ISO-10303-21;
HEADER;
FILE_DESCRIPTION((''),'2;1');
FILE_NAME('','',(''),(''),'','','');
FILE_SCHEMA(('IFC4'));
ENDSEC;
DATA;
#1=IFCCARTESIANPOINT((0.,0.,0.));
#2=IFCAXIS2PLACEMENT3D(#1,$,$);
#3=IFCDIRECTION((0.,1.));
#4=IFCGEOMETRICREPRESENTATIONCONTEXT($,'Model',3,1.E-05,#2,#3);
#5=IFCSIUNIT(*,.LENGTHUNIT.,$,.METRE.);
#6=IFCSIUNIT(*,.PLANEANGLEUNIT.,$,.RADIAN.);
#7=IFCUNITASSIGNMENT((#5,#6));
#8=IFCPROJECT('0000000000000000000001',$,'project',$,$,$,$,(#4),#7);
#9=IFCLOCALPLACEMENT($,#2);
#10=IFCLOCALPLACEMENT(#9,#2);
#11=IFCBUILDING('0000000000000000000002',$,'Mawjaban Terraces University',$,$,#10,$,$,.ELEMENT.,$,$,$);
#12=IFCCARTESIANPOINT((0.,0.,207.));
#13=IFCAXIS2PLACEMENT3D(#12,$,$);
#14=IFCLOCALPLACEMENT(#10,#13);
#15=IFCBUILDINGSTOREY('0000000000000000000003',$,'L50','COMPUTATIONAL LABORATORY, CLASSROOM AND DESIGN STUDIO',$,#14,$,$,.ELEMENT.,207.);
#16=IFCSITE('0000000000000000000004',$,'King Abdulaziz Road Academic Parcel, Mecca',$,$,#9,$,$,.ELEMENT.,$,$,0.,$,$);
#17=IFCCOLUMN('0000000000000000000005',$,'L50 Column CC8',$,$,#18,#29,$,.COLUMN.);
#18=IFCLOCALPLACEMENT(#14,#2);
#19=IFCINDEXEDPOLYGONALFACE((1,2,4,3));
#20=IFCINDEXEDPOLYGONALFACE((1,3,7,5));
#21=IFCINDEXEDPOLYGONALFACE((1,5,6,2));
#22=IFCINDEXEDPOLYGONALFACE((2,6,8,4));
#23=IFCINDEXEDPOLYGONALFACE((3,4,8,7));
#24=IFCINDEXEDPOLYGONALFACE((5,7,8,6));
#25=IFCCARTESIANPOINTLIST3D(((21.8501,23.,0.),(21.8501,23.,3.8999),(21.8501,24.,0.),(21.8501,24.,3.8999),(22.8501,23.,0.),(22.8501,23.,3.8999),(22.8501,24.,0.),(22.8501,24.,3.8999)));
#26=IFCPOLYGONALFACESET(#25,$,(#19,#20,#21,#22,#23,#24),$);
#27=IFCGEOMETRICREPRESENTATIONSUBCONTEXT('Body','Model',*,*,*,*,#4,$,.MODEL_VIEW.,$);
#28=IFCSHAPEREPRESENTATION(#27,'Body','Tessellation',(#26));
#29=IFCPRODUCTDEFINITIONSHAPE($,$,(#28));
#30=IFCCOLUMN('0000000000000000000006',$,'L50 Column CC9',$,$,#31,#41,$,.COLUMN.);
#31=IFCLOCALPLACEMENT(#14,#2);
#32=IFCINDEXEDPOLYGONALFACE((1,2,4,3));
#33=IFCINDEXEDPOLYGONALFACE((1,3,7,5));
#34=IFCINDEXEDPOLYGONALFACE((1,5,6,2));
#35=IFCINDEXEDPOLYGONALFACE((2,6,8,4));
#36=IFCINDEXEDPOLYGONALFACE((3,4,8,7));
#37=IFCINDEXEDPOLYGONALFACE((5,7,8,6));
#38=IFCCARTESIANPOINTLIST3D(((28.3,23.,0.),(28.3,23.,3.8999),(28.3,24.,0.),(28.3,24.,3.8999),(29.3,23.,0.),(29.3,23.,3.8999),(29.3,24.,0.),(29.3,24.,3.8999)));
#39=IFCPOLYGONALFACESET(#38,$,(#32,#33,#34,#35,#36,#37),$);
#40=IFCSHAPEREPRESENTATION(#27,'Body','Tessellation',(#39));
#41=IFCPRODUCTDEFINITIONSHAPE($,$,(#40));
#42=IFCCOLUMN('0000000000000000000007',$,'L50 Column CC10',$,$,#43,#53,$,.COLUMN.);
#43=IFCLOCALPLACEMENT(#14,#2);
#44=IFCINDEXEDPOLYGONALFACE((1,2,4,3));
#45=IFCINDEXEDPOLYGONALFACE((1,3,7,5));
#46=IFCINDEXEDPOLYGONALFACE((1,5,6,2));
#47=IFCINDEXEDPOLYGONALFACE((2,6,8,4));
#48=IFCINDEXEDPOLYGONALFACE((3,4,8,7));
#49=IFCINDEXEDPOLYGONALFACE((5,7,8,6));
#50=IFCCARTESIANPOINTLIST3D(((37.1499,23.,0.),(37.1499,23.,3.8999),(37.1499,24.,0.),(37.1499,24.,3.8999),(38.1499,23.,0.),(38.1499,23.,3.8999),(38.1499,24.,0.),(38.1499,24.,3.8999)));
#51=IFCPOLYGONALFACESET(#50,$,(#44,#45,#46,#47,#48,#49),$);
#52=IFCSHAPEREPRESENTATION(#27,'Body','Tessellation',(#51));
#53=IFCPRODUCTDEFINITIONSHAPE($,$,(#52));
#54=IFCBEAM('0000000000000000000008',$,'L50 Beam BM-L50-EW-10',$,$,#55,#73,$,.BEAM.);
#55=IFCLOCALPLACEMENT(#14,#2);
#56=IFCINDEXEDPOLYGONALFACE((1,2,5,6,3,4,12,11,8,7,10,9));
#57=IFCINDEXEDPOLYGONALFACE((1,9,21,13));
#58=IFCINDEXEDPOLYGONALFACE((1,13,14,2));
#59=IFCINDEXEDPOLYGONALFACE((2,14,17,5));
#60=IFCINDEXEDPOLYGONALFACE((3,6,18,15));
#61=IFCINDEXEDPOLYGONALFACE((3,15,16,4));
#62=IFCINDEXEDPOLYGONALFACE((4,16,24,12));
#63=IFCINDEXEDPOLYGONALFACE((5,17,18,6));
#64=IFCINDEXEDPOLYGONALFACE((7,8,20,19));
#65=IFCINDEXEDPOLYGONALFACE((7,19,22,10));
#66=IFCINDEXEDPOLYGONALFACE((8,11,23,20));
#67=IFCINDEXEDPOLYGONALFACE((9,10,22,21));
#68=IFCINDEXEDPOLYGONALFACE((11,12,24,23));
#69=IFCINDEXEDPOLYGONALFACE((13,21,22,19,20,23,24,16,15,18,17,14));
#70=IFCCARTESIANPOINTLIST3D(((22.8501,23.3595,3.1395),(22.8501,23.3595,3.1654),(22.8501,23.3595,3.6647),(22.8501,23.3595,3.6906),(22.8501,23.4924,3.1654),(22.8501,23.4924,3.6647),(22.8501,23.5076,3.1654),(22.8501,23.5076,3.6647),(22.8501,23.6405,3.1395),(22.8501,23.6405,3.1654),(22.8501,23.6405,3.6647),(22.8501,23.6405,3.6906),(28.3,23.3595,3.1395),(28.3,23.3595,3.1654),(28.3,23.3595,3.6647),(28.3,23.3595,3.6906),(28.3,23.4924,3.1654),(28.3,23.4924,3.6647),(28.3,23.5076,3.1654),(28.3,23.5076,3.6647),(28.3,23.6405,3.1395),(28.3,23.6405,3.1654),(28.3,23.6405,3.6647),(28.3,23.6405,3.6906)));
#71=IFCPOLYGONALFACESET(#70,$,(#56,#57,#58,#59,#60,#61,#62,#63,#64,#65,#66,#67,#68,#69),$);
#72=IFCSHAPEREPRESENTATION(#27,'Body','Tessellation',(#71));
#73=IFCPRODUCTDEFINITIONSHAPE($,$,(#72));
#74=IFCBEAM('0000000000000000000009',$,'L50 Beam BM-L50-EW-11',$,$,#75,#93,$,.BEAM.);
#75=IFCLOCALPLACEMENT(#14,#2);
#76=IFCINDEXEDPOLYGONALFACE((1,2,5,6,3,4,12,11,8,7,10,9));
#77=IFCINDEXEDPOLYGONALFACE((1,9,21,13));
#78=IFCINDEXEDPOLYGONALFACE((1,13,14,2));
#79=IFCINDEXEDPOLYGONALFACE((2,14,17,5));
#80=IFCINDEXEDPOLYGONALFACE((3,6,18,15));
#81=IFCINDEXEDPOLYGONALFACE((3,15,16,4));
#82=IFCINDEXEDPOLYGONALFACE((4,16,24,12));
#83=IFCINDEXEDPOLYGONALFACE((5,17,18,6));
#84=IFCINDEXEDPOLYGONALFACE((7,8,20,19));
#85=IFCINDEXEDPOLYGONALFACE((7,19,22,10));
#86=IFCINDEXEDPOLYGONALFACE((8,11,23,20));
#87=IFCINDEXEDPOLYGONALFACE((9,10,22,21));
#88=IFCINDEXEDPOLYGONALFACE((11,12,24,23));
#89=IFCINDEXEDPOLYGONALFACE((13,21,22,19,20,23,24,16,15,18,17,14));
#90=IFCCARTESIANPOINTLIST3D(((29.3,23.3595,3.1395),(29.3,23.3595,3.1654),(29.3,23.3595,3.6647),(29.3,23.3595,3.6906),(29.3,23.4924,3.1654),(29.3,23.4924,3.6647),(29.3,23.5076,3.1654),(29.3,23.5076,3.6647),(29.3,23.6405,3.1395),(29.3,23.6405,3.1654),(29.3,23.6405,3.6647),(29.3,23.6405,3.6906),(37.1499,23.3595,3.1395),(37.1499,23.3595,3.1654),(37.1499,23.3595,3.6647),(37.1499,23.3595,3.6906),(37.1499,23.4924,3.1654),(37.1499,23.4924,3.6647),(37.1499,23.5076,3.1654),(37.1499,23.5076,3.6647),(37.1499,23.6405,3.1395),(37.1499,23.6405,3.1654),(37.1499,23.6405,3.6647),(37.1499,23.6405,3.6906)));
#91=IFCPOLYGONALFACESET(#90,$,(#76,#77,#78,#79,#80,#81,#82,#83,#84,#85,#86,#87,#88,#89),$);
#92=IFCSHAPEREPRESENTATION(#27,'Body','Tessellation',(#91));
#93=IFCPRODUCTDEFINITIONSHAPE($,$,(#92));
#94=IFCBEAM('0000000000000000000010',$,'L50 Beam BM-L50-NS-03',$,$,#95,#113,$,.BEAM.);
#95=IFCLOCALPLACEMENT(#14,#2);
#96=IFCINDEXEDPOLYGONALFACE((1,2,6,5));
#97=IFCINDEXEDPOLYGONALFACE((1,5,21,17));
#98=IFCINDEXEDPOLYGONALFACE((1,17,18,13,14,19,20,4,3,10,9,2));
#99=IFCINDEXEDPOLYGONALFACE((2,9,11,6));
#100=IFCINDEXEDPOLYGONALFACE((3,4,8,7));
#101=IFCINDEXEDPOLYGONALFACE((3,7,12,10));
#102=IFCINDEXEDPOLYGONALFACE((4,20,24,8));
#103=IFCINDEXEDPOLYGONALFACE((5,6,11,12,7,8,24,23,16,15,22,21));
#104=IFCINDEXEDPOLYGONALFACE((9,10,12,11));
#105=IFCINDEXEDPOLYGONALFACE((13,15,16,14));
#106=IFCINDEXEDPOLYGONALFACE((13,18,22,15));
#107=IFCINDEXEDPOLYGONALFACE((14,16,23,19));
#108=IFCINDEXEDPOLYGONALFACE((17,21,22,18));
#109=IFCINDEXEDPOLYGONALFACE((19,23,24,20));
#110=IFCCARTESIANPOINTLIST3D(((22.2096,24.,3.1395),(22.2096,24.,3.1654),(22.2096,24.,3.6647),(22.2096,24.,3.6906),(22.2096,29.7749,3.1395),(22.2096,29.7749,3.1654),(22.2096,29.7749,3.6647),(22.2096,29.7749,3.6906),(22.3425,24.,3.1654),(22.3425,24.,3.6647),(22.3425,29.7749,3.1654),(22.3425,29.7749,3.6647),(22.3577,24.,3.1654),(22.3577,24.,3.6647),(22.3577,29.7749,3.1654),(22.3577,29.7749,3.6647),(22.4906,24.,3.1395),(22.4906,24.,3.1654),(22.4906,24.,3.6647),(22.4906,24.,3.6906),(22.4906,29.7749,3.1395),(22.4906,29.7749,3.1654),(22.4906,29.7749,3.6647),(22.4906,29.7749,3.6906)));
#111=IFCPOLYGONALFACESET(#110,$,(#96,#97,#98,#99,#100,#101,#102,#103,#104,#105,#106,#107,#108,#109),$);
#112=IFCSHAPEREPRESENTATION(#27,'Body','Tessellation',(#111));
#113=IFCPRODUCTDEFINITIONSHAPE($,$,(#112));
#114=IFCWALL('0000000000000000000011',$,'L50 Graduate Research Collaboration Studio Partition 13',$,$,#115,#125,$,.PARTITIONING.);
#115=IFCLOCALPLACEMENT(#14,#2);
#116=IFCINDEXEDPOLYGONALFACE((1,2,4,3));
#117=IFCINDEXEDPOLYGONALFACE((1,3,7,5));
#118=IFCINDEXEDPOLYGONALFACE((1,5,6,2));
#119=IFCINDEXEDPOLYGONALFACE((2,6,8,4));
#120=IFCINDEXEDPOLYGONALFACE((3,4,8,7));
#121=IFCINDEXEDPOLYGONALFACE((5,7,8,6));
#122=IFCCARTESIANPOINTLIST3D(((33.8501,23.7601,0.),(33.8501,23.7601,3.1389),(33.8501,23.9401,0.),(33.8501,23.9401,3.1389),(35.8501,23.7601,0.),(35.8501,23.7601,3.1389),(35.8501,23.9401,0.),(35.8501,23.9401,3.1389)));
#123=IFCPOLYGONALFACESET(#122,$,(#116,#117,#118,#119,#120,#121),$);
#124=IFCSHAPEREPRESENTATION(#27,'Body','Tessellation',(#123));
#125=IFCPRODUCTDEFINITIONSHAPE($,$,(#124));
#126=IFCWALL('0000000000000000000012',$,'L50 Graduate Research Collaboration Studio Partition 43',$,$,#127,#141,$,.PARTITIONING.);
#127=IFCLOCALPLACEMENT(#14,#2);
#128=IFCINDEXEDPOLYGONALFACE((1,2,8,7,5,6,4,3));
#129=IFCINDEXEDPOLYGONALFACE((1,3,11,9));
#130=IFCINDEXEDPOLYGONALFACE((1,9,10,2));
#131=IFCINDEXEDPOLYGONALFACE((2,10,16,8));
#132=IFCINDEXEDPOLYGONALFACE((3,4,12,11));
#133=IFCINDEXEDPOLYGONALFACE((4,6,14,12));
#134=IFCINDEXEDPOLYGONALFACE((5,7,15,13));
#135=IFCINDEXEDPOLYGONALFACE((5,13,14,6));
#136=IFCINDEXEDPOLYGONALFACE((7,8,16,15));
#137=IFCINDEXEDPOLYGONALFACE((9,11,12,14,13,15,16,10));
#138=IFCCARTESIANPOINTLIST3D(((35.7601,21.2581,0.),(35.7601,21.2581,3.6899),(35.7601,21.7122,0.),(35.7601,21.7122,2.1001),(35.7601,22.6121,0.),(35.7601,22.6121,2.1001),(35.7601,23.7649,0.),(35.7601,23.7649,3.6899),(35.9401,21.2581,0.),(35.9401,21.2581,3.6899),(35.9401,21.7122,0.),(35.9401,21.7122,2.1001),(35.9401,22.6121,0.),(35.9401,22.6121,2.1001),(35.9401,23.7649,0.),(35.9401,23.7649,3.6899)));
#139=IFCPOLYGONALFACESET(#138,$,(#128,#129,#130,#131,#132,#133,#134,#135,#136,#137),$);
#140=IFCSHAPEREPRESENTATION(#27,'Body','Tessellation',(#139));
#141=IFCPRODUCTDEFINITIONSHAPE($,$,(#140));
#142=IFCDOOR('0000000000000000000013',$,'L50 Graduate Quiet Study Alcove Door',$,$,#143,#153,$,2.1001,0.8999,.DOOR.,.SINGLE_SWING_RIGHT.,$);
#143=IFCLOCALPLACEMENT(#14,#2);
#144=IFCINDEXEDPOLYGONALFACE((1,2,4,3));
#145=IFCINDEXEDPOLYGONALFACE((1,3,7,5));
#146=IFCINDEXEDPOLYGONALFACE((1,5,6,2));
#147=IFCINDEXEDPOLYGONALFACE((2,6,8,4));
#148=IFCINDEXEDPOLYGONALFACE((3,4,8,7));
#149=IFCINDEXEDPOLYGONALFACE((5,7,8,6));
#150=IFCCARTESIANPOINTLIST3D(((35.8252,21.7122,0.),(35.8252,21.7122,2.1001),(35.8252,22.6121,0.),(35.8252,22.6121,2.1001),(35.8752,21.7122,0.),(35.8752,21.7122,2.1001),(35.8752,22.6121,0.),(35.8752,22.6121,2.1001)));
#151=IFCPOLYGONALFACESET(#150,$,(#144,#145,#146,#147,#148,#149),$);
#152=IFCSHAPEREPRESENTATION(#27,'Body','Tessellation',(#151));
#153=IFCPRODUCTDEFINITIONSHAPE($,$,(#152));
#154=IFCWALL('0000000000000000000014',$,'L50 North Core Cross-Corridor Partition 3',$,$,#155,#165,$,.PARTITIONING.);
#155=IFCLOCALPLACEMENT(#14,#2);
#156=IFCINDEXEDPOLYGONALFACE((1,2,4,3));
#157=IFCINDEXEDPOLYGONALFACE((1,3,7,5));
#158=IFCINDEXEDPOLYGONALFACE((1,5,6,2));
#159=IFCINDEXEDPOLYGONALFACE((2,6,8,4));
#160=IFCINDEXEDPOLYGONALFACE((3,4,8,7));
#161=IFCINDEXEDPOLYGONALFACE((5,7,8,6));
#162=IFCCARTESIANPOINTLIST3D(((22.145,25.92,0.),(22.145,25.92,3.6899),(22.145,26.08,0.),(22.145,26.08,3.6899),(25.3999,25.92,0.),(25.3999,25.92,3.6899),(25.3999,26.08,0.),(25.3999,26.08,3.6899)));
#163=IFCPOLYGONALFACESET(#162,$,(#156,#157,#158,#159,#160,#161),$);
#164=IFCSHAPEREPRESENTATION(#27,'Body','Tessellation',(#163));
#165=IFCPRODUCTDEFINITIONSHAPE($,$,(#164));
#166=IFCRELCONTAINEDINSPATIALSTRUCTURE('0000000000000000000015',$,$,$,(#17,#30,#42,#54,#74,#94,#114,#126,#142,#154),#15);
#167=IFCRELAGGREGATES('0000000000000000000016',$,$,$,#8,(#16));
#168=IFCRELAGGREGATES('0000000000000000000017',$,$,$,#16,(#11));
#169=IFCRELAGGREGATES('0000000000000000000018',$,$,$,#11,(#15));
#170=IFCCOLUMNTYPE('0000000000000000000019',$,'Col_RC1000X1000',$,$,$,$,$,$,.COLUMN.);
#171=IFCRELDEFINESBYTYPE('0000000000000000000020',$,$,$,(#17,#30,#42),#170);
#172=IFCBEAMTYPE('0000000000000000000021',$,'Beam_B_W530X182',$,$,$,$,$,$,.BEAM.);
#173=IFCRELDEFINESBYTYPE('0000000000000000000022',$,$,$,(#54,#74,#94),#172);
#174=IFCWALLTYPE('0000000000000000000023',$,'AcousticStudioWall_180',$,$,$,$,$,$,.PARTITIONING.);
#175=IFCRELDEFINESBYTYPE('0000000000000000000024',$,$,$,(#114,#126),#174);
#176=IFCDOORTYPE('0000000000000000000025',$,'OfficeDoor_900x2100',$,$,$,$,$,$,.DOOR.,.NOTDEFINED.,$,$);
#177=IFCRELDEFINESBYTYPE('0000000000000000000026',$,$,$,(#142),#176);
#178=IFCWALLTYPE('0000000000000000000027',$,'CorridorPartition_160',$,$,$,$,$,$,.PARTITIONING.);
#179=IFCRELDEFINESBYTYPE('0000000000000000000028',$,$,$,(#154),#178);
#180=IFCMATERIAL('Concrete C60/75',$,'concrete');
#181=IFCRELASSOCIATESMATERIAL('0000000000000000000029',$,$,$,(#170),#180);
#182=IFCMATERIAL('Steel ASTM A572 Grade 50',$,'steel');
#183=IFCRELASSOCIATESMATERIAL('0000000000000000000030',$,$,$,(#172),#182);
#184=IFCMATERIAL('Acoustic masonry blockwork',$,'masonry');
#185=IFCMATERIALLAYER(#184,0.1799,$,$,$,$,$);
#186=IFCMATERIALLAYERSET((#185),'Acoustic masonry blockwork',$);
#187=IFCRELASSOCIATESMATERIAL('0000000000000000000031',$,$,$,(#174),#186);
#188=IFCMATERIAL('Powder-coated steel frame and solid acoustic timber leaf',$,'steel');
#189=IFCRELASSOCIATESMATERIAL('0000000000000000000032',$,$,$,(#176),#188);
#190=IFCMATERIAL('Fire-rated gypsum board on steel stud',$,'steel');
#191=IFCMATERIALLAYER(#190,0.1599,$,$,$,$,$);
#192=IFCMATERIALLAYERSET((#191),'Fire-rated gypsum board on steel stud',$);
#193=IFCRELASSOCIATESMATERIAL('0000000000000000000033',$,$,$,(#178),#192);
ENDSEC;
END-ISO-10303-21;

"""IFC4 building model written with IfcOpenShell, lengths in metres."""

from ifc_helpers import new_model, si_unit, direction, frame, frame_2d, origin, origin_2d, place, context, subcontext, project, spatial, rectangle, i_section, extrude, material, layer, layer_set, material_profile, profile_set, type_object, element, fill, save


model = new_model("IFC4")

# Units and contexts
model_context = context("Model", 3, precision=1e-05, world=origin(), true_north=direction((0.0, 1.0)))
body_context = subcontext(model_context, "Body", "Model", "MODEL_VIEW")
ifc_project = project(units=[si_unit("LENGTHUNIT", "METRE"), si_unit("PLANEANGLEUNIT", "RADIAN")], contexts=[model_context])

# Site, building, storey
site_placement = place(None, origin())
site = spatial("IfcSite", under=ifc_project, at=site_placement, Name="King Abdulaziz Road Academic Parcel, Mecca", CompositionType="ELEMENT", RefElevation=0.0)
building_placement = place(site_placement, origin())
building = spatial("IfcBuilding", under=site, at=building_placement, Name="Mawjaban Terraces University", CompositionType="ELEMENT")
storey_placement = place(building_placement, frame((0.0, 0.0, 207.0)))
storey = spatial("IfcBuildingStorey", under=building, at=storey_placement, Name="L50", Description="COMPUTATIONAL LABORATORY, CLASSROOM AND DESIGN STUDIO", CompositionType="ELEMENT", Elevation=207.0)

# Columns
ifc_material_1 = material(Name="Concrete C60/75", Category="concrete")
ifc_material_profile_1 = material_profile(ifc_material_1, rectangle(XDim=1.0, YDim=1.0, at=origin_2d()), Name="RC1000X1000")
ifc_profile_set_1 = profile_set([ifc_material_profile_1], Name="Concrete C60/75")
column_type = type_object("IfcColumnType", Name="Col_RC1000X1000", PredefinedType="COLUMN", material=ifc_profile_set_1)
for number, where, z_axis, x_axis, name in (
    (1, (22.3501, 23.5, 0.0), (0.0, 0.0, 1.0), (1.0, 0.0, 0.0), "L50 Column CC8"),
    (2, (28.8, 23.5, 0.0), (0.0, 0.0, 1.0), (1.0, 0.0, 0.0), "L50 Column CC9"),
    (3, (37.6499, 23.5, 0.0), (0.0, 0.0, 1.0), (1.0, 0.0, 0.0), "L50 Column CC10"),
):
    element("IfcColumn", number, at=place(storey_placement, frame(where, z_axis=z_axis, x_axis=x_axis)), inside=storey, type_object=column_type, Name=name, PredefinedType="COLUMN", context=body_context, shape_type="SweptSolid", body=[
        extrude(rectangle(XDim=1.0, YDim=1.0, at=origin_2d()), origin(), (0.0, 0.0, 1.0), 3.8999),
    ])

# Beams
ifc_material_2 = material(Name="Steel ASTM A572 Grade 50", Category="steel")
ifc_material_profile_2 = material_profile(ifc_material_2, i_section(OverallWidth=0.281, OverallDepth=0.551, WebThickness=0.0151, FlangeThickness=0.0259, at=origin_2d()), Name="W530X182")
ifc_profile_set_2 = profile_set([ifc_material_profile_2], Name="Steel ASTM A572 Grade 50")
beam_type = type_object("IfcBeamType", Name="Beam_B_W530X182", PredefinedType="BEAM", material=ifc_profile_set_2)
beam_1_placement = place(storey_placement, frame((22.8501, 23.5, 3.415), z_axis=(1.0, 0.0, 0.0), x_axis=(0.0, 1.0, 0.0)))
element("IfcBeam", 4, at=beam_1_placement, inside=storey, type_object=beam_type, Name="L50 Beam BM-L50-EW-10", PredefinedType="BEAM", context=body_context, shape_type="SweptSolid", body=[
    extrude(i_section(OverallWidth=0.281, OverallDepth=0.551, WebThickness=0.0151, FlangeThickness=0.0259, at=origin_2d()), origin(), (0.0, 0.0, 1.0), 5.45),
])
beam_2_placement = place(storey_placement, frame((29.3, 23.5, 3.415), z_axis=(1.0, 0.0, 0.0), x_axis=(0.0, 1.0, 0.0)))
element("IfcBeam", 5, at=beam_2_placement, inside=storey, type_object=beam_type, Name="L50 Beam BM-L50-EW-11", PredefinedType="BEAM", context=body_context, shape_type="SweptSolid", body=[
    extrude(i_section(OverallWidth=0.281, OverallDepth=0.551, WebThickness=0.0151, FlangeThickness=0.0259, at=origin_2d()), origin(), (0.0, 0.0, 1.0), 7.8499),
])
beam_3_placement = place(storey_placement, frame((22.3501, 24.0, 3.415), z_axis=(0.0, 1.0, 0.0), x_axis=(-1.0, 0.0, 0.0)))
element("IfcBeam", 6, at=beam_3_placement, inside=storey, type_object=beam_type, Name="L50 Beam BM-L50-NS-03", PredefinedType="BEAM", context=body_context, shape_type="SweptSolid", body=[
    extrude(i_section(OverallWidth=0.281, OverallDepth=0.551, WebThickness=0.0151, FlangeThickness=0.0259, at=origin_2d()), origin(), (0.0, 0.0, 1.0), 5.7749),
])

# Wall
ifc_material_3 = material(Name="Acoustic masonry blockwork", Category="masonry")
ifc_layer_1 = layer(ifc_material_3, 0.1799)
ifc_layer_set_1 = layer_set([ifc_layer_1], Name="Acoustic masonry blockwork")
wall_type_1 = type_object("IfcWallType", Name="AcousticStudioWall_180", PredefinedType="PARTITIONING", material=ifc_layer_set_1)
wall_1_placement = place(storey_placement, frame((35.8501, 23.8501, 0.0), z_axis=(0.0, 0.0, 1.0), x_axis=(-1.0, 0.0, 0.0)))
element("IfcWall", 7, at=wall_1_placement, inside=storey, type_object=wall_type_1, Name="L50 Graduate Research Collaboration Studio Partition 13", PredefinedType="PARTITIONING", context=body_context, shape_type="SweptSolid", body=[
    extrude(rectangle(XDim=2.0, YDim=0.1799, at=frame_2d((1.0, 0.0))), origin(), (0.0, 0.0, 1.0), 3.1389),
])

# Wall, opening, door
wall_2_placement = place(storey_placement, frame((35.8501, 21.2581, 0.0), z_axis=(0.0, 0.0, 1.0), x_axis=(0.0, 1.0, 0.0)))
wall_2 = element("IfcWall", 8, at=wall_2_placement, inside=storey, type_object=wall_type_1, Name="L50 Graduate Research Collaboration Studio Partition 43", PredefinedType="PARTITIONING", context=body_context, shape_type="SweptSolid", body=[
    extrude(rectangle(XDim=2.5068, YDim=0.1799, at=frame_2d((1.2534, 0.0))), origin(), (0.0, 0.0, 1.0), 3.6899),
])
opening_1_placement = place(wall_2_placement, frame((0.4541, 0.0, 0.0)))
opening_1 = element("IfcOpeningElement", 9, at=opening_1_placement, cuts=wall_2, PredefinedType="OPENING", context=body_context, shape_type="SweptSolid", body=[
    extrude(rectangle(XDim=0.8999, YDim=2.1001, at=frame_2d((0.45, 1.05))), frame((0.0, 0.0999, 0.0), z_axis=(0.0, -1.0, 0.0), x_axis=(1.0, 0.0, 0.0)), (0.0, 0.0, 1.0), 0.2),
])
ifc_material_4 = material(Name="Powder-coated steel frame and solid acoustic timber leaf", Category="steel")
door_type_1 = type_object("IfcDoorType", Name="OfficeDoor_900x2100", OperationType="NOTDEFINED", PredefinedType="DOOR", material=ifc_material_4)
door_1_placement = place(opening_1_placement, origin())
door_1 = element("IfcDoor", 10, at=door_1_placement, inside=storey, type_object=door_type_1, Name="L50 Graduate Quiet Study Alcove Door", OperationType="SINGLE_SWING_RIGHT", OverallHeight=2.1001, OverallWidth=0.8999, PredefinedType="DOOR", context=body_context, shape_type="SweptSolid", body=[
    extrude(rectangle(XDim=0.8999, YDim=2.1001, at=frame_2d((0.45, 1.05))), frame((0.0, 0.0249, 0.0), z_axis=(0.0, -1.0, 0.0), x_axis=(1.0, 0.0, 0.0)), (0.0, 0.0, 1.0), 0.05),
])
fill(opening_1, door_1)

# Wall
ifc_material_5 = material(Name="Fire-rated gypsum board on steel stud", Category="steel")
ifc_layer_2 = layer(ifc_material_5, 0.1599)
ifc_layer_set_2 = layer_set([ifc_layer_2], Name="Fire-rated gypsum board on steel stud")
wall_type_2 = type_object("IfcWallType", Name="CorridorPartition_160", PredefinedType="PARTITIONING", material=ifc_layer_set_2)
wall_3_placement = place(storey_placement, frame((25.3999, 26.0, 0.0), z_axis=(0.0, 0.0, 1.0), x_axis=(-1.0, 0.0, 0.0)))
element("IfcWall", 11, at=wall_3_placement, inside=storey, type_object=wall_type_2, Name="L50 North Core Cross-Corridor Partition 3", PredefinedType="PARTITIONING", context=body_context, shape_type="SweptSolid", body=[
    extrude(rectangle(XDim=3.2549, YDim=0.1599, at=frame_2d((1.6274, 0.0))), origin(), (0.0, 0.0, 1.0), 3.6899),
])

save(model, "model.ifc")
